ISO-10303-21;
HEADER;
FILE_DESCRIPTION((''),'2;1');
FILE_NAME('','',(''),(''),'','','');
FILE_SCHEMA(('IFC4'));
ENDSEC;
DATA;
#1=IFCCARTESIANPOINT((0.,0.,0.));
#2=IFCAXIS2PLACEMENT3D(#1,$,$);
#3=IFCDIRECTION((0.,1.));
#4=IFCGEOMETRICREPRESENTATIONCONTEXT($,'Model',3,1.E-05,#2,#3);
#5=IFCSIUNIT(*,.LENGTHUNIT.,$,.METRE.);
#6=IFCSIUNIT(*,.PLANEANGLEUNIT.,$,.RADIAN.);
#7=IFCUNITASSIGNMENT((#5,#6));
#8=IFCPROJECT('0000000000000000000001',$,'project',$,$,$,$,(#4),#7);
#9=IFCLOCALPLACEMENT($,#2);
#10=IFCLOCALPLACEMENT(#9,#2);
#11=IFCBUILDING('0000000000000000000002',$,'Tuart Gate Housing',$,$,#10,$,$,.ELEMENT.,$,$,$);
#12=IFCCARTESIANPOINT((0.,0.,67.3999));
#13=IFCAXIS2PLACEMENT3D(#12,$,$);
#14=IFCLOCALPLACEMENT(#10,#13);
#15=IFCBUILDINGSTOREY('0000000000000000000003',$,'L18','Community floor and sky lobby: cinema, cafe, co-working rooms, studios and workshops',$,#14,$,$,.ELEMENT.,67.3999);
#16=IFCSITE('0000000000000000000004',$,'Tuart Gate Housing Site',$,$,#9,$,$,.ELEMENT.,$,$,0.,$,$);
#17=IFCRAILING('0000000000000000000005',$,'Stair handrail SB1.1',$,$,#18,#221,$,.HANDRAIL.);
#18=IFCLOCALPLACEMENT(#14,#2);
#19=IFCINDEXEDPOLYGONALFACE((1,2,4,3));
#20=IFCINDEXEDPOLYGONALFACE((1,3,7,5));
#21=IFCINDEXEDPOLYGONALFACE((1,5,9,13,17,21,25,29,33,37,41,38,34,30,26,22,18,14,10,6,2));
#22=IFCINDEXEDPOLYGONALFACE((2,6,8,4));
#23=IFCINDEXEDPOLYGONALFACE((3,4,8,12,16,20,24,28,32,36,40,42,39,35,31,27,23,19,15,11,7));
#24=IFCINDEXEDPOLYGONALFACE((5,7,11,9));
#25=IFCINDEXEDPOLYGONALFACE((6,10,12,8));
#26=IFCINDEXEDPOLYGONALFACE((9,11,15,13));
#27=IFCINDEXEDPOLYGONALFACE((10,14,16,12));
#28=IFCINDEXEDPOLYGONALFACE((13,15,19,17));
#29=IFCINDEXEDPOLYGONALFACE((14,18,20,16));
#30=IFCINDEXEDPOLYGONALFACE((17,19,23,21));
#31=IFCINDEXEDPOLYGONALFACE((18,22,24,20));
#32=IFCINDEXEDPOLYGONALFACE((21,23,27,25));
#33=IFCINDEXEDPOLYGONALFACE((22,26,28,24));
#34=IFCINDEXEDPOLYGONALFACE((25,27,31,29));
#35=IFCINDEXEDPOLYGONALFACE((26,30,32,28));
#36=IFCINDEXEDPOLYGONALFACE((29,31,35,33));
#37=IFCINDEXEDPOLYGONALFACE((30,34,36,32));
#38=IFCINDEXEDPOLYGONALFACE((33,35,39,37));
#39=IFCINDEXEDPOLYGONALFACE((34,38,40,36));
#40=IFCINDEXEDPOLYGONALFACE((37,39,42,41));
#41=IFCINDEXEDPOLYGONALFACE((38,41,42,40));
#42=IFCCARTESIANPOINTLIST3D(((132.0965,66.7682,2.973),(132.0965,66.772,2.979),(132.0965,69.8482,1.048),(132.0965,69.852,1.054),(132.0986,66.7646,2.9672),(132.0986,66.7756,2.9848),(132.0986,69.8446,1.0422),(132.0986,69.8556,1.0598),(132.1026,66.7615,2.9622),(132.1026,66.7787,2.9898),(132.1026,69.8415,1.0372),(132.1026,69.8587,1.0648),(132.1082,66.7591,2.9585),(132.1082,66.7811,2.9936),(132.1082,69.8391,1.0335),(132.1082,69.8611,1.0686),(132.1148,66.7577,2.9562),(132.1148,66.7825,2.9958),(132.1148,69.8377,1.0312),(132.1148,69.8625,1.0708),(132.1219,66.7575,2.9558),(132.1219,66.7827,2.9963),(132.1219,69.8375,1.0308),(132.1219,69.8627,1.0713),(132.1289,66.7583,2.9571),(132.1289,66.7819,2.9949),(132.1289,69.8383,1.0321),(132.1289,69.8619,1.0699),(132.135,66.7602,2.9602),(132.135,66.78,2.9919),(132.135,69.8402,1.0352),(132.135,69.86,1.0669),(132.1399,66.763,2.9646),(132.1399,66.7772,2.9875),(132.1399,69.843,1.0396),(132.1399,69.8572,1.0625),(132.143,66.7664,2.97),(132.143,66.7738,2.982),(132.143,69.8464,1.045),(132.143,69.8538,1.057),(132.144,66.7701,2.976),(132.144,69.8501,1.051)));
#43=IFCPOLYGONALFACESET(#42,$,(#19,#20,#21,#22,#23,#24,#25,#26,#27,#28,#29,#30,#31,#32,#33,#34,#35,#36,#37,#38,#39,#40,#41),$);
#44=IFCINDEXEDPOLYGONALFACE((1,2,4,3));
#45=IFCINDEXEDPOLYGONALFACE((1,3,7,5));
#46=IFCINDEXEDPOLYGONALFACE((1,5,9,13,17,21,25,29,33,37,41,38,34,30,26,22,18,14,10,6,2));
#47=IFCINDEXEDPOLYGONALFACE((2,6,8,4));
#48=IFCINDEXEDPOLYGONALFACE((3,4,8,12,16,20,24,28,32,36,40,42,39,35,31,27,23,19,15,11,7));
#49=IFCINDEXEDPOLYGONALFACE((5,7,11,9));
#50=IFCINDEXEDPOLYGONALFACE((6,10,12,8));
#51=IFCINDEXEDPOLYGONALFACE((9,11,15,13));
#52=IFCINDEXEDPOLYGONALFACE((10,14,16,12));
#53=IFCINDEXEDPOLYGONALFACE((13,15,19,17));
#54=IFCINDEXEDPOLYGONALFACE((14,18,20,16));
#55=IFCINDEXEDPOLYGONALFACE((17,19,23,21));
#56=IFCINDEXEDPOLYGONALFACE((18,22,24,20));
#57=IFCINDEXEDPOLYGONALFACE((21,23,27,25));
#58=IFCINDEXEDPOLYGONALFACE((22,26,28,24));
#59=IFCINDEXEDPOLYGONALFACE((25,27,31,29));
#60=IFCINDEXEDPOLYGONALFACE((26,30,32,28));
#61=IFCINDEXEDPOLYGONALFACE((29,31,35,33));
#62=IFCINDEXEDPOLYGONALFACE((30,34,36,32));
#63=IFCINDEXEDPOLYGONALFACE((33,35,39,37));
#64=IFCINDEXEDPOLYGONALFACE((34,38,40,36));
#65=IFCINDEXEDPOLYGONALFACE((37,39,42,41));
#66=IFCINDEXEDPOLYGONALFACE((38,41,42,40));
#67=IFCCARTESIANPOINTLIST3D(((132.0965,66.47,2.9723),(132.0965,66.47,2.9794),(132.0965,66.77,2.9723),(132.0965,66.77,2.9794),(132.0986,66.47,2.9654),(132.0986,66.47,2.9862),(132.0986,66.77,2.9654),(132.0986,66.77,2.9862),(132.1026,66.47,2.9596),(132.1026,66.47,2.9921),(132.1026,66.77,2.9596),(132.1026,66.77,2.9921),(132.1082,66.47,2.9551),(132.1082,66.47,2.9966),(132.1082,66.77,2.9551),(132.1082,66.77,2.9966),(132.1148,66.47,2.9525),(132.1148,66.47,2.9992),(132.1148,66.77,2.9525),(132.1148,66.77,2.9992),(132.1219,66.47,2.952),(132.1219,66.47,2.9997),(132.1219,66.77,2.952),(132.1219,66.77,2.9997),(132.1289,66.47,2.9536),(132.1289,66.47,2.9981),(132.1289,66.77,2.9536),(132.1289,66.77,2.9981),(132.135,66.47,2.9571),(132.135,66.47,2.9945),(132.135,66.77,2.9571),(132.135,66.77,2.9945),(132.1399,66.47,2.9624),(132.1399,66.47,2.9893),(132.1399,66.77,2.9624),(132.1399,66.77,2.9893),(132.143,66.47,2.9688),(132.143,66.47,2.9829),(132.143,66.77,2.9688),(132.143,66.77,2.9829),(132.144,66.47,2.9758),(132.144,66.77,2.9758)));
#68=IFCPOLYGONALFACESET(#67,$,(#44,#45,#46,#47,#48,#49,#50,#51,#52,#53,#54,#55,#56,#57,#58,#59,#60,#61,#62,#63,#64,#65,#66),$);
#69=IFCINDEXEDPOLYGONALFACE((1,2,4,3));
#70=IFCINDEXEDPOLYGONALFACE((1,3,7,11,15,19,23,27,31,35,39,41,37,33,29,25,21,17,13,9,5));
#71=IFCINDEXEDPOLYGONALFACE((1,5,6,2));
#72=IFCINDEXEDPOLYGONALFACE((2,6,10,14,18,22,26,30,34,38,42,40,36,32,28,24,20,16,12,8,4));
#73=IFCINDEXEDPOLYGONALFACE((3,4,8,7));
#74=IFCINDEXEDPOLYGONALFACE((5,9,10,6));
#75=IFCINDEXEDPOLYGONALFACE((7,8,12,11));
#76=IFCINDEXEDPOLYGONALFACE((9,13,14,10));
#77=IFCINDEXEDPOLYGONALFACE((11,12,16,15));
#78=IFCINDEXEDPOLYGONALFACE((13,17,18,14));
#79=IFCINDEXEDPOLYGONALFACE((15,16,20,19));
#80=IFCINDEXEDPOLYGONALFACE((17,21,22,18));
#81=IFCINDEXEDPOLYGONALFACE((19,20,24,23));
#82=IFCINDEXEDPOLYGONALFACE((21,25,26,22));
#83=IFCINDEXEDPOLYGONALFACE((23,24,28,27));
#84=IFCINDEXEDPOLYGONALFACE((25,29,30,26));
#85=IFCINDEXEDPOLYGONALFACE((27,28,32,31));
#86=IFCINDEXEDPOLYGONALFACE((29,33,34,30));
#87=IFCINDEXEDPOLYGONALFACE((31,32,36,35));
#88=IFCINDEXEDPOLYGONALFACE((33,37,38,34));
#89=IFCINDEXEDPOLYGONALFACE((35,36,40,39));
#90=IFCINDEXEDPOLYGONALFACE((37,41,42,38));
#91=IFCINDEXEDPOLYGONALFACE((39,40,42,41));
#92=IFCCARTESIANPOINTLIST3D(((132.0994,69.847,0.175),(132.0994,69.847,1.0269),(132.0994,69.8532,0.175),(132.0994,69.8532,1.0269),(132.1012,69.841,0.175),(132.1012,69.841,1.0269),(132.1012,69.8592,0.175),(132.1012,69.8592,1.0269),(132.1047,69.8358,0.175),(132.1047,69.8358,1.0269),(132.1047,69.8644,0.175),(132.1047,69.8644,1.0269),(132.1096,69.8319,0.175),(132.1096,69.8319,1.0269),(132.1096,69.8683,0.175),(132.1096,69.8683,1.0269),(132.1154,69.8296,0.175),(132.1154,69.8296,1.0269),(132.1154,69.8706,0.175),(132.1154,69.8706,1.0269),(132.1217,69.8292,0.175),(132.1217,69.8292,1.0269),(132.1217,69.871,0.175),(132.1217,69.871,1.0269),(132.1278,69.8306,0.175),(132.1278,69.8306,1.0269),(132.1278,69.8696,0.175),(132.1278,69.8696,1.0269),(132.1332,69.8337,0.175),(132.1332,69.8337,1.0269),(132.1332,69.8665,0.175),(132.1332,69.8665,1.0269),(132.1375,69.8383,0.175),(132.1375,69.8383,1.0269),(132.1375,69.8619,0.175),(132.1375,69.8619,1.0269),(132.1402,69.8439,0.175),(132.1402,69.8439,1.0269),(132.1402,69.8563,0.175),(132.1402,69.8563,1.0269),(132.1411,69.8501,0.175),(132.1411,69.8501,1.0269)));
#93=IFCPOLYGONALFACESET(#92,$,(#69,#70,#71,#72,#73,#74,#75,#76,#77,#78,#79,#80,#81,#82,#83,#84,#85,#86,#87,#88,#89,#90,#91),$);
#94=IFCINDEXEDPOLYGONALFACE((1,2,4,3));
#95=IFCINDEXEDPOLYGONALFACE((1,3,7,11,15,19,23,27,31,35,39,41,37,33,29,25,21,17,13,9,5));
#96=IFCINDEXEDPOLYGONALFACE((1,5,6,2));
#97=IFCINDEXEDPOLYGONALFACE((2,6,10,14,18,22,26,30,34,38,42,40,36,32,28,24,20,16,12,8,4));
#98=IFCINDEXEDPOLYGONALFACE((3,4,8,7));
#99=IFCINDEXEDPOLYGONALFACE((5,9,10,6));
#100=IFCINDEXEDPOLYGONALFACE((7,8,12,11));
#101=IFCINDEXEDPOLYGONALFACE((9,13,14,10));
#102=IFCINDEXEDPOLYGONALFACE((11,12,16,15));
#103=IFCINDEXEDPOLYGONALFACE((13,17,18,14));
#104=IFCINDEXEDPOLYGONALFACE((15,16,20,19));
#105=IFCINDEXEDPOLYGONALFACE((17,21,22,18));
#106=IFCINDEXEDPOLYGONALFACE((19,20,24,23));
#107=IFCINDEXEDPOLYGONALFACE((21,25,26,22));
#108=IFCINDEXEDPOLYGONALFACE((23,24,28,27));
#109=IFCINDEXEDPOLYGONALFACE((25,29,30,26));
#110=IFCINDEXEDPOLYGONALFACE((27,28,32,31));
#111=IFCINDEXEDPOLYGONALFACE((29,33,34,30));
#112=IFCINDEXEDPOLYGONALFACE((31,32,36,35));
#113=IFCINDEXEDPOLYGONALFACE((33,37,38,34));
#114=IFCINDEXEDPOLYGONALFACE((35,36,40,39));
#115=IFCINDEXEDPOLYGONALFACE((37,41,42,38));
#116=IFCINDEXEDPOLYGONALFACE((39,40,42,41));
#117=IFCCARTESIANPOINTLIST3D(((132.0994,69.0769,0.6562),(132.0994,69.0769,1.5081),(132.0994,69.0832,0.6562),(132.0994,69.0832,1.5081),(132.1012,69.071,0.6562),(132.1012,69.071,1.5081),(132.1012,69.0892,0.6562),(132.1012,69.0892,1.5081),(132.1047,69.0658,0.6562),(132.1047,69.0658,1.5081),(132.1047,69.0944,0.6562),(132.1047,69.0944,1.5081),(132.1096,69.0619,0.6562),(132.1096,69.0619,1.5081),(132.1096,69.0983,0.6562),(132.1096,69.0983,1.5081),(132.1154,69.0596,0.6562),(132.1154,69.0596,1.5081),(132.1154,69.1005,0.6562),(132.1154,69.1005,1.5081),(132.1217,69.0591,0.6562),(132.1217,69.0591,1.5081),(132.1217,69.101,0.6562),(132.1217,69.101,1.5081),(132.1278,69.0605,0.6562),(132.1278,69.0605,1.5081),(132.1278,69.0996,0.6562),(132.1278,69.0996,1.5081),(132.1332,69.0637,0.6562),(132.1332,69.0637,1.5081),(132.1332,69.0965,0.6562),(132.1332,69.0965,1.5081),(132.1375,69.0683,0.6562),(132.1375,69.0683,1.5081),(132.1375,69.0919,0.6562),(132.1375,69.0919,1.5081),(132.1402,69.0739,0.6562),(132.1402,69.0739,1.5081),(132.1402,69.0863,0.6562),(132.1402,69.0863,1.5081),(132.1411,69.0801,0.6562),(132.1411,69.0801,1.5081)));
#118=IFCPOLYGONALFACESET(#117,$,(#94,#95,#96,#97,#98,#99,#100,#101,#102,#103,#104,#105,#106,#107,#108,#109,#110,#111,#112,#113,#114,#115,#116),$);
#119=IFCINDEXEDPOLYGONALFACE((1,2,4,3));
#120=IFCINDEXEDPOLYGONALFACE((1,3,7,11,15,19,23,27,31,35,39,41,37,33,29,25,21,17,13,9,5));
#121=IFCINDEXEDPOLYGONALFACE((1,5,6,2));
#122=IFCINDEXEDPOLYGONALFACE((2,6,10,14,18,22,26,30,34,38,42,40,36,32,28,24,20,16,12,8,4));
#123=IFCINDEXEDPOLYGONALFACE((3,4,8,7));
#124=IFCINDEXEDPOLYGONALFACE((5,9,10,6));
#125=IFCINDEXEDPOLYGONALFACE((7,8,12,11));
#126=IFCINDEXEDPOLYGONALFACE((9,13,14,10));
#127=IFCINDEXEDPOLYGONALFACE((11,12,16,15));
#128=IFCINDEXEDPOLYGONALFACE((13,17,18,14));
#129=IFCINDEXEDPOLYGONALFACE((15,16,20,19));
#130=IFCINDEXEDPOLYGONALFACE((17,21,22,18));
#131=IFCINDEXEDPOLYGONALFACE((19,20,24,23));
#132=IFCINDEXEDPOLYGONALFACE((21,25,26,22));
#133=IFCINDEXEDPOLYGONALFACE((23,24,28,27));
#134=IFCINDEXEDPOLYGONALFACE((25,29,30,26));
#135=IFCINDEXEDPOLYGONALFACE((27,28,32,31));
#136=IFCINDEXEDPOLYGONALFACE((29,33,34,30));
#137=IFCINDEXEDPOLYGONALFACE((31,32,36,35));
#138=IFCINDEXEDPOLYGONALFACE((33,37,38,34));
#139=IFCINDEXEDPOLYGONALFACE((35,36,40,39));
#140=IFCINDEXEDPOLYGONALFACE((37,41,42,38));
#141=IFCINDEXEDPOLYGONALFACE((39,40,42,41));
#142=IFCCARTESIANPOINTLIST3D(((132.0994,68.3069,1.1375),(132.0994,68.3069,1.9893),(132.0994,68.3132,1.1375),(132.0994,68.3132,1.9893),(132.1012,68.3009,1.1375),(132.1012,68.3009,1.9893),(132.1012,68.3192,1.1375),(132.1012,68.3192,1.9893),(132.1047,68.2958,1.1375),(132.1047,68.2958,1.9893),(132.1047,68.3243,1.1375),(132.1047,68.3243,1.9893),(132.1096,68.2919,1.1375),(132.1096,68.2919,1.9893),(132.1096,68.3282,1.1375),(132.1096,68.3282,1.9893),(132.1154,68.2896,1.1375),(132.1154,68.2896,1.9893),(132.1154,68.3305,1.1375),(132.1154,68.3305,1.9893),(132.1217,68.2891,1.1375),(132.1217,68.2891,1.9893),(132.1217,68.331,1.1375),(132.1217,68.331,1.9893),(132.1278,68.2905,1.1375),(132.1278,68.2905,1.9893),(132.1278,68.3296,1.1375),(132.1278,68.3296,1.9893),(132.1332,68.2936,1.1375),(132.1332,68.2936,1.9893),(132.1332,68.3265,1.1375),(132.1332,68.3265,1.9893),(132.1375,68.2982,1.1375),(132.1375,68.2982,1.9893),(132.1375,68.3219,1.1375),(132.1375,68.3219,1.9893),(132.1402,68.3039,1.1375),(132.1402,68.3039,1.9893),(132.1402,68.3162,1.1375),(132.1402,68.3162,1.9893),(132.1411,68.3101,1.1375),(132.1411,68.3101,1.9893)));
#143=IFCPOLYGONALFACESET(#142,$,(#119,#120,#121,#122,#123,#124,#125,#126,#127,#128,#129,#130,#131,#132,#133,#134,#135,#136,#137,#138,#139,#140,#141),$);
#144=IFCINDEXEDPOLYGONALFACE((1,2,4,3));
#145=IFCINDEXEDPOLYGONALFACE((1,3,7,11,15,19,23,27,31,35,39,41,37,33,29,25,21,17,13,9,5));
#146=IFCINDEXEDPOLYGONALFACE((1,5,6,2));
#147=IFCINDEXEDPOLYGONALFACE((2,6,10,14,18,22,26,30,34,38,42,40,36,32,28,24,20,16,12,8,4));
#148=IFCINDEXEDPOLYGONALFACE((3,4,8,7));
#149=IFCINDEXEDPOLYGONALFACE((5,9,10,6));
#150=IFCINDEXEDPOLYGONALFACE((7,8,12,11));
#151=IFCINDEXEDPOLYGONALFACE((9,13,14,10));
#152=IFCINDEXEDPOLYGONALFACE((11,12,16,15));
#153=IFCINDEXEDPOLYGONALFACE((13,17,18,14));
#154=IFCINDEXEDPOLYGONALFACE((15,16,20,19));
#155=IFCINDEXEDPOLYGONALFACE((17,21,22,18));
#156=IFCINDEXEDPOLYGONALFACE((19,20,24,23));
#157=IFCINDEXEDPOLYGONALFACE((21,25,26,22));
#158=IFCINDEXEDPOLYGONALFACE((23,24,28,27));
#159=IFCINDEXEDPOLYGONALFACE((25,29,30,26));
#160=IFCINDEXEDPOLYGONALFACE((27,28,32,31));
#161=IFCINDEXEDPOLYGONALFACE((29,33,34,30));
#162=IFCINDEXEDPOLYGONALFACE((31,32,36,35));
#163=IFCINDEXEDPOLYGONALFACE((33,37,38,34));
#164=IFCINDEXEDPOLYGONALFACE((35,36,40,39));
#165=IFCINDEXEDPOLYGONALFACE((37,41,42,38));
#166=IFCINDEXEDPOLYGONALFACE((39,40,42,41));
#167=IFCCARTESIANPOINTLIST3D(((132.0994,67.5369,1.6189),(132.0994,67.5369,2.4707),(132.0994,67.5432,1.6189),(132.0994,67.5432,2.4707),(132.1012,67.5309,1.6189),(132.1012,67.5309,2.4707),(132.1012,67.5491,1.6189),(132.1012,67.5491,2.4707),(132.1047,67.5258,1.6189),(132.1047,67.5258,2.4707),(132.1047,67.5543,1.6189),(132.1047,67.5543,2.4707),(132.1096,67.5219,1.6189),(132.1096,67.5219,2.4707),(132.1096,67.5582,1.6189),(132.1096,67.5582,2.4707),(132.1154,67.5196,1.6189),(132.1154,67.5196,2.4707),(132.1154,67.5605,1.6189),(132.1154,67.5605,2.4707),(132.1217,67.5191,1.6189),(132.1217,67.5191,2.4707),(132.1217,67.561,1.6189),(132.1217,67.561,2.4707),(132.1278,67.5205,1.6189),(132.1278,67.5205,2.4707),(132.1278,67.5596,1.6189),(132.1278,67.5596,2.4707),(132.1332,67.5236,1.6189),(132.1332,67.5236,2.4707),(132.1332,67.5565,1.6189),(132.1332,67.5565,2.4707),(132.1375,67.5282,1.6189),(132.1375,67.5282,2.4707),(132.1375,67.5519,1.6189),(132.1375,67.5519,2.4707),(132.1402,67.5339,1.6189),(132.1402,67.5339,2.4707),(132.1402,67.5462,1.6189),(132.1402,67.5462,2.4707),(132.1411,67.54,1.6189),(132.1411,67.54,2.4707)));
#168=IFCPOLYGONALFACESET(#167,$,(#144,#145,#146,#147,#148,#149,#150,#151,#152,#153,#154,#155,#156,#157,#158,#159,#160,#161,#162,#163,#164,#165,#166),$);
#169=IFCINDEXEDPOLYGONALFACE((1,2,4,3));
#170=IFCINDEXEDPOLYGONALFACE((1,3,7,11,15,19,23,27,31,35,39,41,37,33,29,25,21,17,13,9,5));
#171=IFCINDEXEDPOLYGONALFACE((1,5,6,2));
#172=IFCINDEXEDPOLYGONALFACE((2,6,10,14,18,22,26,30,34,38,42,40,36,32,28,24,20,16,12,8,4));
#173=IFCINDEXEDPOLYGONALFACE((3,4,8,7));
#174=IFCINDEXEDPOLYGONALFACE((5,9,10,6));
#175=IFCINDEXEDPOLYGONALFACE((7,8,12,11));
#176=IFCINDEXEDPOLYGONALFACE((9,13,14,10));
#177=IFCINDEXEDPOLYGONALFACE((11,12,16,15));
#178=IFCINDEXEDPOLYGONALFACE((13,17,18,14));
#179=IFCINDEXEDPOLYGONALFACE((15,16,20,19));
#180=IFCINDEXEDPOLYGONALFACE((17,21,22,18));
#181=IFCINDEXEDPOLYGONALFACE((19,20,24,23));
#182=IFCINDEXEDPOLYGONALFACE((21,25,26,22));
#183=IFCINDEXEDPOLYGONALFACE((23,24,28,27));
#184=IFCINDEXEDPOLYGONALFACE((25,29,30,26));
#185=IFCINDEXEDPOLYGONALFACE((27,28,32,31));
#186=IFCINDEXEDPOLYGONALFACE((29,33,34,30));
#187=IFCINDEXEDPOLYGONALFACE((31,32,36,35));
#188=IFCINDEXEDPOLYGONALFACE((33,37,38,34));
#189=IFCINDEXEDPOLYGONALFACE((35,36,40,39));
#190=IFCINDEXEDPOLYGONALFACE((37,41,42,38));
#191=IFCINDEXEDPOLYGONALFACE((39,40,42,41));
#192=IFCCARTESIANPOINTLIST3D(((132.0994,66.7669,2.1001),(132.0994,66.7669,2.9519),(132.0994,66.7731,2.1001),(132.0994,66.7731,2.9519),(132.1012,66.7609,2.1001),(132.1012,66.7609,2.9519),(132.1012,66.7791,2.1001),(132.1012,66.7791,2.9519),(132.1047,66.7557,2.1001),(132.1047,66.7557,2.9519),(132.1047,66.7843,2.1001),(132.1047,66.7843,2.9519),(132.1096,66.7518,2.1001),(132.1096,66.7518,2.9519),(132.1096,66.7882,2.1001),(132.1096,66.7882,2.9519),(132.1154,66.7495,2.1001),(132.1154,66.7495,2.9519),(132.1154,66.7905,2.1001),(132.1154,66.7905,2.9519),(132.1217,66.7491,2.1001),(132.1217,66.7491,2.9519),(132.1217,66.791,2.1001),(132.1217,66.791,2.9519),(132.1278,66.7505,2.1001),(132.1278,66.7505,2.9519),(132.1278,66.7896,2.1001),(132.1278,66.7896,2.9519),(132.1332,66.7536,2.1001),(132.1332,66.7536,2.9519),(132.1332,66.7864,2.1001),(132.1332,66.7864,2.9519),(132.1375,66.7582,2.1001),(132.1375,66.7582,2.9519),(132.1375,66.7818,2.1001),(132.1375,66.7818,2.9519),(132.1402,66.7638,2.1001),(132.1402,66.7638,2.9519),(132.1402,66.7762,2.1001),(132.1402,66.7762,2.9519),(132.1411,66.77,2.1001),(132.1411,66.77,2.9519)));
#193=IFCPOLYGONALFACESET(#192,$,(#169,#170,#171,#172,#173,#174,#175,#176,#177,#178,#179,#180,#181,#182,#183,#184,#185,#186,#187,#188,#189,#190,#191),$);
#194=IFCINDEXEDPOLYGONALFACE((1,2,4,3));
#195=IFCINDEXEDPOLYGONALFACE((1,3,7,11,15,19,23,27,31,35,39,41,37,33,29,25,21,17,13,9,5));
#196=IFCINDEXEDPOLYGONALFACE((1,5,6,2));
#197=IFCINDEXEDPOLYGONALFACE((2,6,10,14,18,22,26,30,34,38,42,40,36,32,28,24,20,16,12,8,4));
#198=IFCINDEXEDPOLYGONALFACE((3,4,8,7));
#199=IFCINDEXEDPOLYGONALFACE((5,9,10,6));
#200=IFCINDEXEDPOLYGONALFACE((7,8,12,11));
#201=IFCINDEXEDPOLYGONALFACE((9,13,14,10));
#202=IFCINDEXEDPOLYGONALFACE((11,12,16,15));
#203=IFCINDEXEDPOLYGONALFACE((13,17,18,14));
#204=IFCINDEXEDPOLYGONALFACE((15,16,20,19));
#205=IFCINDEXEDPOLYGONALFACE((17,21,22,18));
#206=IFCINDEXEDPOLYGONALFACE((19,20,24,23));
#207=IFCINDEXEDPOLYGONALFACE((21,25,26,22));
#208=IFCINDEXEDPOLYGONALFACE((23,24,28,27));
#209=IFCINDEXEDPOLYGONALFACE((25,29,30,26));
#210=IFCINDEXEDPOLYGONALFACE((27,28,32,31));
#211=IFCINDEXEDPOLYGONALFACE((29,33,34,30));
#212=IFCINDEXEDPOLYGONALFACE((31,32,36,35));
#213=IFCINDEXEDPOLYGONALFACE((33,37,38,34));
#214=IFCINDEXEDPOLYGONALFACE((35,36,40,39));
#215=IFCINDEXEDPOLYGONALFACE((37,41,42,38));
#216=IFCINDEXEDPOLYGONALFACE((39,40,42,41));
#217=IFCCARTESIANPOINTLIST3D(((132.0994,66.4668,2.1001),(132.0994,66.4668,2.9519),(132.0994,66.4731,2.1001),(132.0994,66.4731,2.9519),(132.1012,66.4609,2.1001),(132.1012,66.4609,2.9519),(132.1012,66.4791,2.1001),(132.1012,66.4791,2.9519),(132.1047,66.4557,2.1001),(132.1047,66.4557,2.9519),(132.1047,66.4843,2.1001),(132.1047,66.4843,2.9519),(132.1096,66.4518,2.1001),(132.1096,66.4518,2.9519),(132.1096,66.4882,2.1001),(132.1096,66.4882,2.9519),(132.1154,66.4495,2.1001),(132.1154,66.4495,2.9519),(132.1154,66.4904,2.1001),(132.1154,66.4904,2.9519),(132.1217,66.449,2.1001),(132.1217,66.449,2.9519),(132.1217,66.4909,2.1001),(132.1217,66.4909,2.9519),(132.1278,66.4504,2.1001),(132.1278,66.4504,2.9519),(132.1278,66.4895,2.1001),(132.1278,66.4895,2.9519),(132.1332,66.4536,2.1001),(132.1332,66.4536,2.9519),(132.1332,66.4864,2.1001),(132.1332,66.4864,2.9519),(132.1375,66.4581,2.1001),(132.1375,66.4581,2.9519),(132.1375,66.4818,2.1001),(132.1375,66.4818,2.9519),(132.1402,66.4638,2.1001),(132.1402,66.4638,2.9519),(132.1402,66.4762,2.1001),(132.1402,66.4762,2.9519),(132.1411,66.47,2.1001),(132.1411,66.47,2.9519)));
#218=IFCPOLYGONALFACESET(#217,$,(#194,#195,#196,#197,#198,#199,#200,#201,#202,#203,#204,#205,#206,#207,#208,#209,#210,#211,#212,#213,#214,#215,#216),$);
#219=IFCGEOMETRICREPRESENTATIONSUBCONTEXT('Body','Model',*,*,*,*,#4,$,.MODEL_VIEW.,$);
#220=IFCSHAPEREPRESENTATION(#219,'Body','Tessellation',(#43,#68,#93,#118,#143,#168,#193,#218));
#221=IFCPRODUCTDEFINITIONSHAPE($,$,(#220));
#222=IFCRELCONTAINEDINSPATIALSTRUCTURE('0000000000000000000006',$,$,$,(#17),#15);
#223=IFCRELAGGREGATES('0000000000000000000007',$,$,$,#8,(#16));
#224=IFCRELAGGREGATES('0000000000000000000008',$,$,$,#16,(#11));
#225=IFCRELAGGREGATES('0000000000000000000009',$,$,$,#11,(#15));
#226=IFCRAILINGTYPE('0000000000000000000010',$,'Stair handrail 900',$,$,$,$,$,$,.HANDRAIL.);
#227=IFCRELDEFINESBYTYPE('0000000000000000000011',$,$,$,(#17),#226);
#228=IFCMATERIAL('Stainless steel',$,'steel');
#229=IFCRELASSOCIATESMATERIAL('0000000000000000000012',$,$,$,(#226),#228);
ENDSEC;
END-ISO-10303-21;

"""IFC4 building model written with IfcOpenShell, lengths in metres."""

from ifc_helpers import new_model, si_unit, direction, frame, origin, origin_2d, place, context, subcontext, project, spatial, circle, extrude, material, type_object, element, save


model = new_model("IFC4")

# Units and contexts
model_context = context("Model", 3, precision=1e-05, world=origin(), true_north=direction((0.0, 1.0)))
body_context = subcontext(model_context, "Body", "Model", "MODEL_VIEW")
ifc_project = project(units=[si_unit("LENGTHUNIT", "METRE"), si_unit("PLANEANGLEUNIT", "RADIAN")], contexts=[model_context])

# Site, building, storey
site_placement = place(None, origin())
site = spatial("IfcSite", under=ifc_project, at=site_placement, Name="Tuart Gate Housing Site", CompositionType="ELEMENT", RefElevation=0.0)
building_placement = place(site_placement, origin())
building = spatial("IfcBuilding", under=site, at=building_placement, Name="Tuart Gate Housing", CompositionType="ELEMENT")
storey_placement = place(building_placement, frame((0.0, 0.0, 67.3999)))
storey = spatial("IfcBuildingStorey", under=building, at=storey_placement, Name="L18", Description="Community floor and sky lobby: cinema, cafe, co-working rooms, studios and workshops", CompositionType="ELEMENT", Elevation=67.3999)

# Railing
ifc_material_1 = material(Name="Stainless steel", Category="steel")
railing_type = type_object("IfcRailingType", Name="Stair handrail 900", PredefinedType="HANDRAIL", material=ifc_material_1)
railing_placement = place(storey_placement, frame((132.1201, 69.8501, 0.175)))
element("IfcRailing", 1, at=railing_placement, inside=storey, type_object=railing_type, Name="Stair handrail SB1.1", PredefinedType="HANDRAIL", context=body_context, shape_type="SweptSolid", body=[
    extrude(circle(Radius=0.0239, at=origin_2d()), frame((0.0, 0.0, 0.876), z_axis=(0.0, -0.847998, 0.529999), x_axis=(1.0, 0.0, 0.0)), (0.0, 0.0, 1.0), 3.6321),
    extrude(circle(Radius=0.0239, at=origin_2d()), frame((0.0, -3.0801, 2.8008), z_axis=(0.0, -1.0, 0.0), x_axis=(1.0, 0.0, 0.0)), (0.0, 0.0, 1.0), 0.3),
    extrude(circle(Radius=0.021, at=origin_2d()), origin(), (0.0, 0.0, 1.0), 0.8518),
    extrude(circle(Radius=0.021, at=origin_2d()), frame((0.0, -0.77, 0.4812)), (0.0, 0.0, 1.0), 0.8518),
    extrude(circle(Radius=0.021, at=origin_2d()), frame((0.0, -1.54, 0.9624)), (0.0, 0.0, 1.0), 0.8518),
    extrude(circle(Radius=0.021, at=origin_2d()), frame((0.0, -2.3101, 1.4438)), (0.0, 0.0, 1.0), 0.8518),
    extrude(circle(Radius=0.021, at=origin_2d()), frame((0.0, -3.0801, 1.925)), (0.0, 0.0, 1.0), 0.8518),
    extrude(circle(Radius=0.021, at=origin_2d()), frame((0.0, -3.3801, 1.925)), (0.0, 0.0, 1.0), 0.8518),
])

save(model, "model.ifc")
